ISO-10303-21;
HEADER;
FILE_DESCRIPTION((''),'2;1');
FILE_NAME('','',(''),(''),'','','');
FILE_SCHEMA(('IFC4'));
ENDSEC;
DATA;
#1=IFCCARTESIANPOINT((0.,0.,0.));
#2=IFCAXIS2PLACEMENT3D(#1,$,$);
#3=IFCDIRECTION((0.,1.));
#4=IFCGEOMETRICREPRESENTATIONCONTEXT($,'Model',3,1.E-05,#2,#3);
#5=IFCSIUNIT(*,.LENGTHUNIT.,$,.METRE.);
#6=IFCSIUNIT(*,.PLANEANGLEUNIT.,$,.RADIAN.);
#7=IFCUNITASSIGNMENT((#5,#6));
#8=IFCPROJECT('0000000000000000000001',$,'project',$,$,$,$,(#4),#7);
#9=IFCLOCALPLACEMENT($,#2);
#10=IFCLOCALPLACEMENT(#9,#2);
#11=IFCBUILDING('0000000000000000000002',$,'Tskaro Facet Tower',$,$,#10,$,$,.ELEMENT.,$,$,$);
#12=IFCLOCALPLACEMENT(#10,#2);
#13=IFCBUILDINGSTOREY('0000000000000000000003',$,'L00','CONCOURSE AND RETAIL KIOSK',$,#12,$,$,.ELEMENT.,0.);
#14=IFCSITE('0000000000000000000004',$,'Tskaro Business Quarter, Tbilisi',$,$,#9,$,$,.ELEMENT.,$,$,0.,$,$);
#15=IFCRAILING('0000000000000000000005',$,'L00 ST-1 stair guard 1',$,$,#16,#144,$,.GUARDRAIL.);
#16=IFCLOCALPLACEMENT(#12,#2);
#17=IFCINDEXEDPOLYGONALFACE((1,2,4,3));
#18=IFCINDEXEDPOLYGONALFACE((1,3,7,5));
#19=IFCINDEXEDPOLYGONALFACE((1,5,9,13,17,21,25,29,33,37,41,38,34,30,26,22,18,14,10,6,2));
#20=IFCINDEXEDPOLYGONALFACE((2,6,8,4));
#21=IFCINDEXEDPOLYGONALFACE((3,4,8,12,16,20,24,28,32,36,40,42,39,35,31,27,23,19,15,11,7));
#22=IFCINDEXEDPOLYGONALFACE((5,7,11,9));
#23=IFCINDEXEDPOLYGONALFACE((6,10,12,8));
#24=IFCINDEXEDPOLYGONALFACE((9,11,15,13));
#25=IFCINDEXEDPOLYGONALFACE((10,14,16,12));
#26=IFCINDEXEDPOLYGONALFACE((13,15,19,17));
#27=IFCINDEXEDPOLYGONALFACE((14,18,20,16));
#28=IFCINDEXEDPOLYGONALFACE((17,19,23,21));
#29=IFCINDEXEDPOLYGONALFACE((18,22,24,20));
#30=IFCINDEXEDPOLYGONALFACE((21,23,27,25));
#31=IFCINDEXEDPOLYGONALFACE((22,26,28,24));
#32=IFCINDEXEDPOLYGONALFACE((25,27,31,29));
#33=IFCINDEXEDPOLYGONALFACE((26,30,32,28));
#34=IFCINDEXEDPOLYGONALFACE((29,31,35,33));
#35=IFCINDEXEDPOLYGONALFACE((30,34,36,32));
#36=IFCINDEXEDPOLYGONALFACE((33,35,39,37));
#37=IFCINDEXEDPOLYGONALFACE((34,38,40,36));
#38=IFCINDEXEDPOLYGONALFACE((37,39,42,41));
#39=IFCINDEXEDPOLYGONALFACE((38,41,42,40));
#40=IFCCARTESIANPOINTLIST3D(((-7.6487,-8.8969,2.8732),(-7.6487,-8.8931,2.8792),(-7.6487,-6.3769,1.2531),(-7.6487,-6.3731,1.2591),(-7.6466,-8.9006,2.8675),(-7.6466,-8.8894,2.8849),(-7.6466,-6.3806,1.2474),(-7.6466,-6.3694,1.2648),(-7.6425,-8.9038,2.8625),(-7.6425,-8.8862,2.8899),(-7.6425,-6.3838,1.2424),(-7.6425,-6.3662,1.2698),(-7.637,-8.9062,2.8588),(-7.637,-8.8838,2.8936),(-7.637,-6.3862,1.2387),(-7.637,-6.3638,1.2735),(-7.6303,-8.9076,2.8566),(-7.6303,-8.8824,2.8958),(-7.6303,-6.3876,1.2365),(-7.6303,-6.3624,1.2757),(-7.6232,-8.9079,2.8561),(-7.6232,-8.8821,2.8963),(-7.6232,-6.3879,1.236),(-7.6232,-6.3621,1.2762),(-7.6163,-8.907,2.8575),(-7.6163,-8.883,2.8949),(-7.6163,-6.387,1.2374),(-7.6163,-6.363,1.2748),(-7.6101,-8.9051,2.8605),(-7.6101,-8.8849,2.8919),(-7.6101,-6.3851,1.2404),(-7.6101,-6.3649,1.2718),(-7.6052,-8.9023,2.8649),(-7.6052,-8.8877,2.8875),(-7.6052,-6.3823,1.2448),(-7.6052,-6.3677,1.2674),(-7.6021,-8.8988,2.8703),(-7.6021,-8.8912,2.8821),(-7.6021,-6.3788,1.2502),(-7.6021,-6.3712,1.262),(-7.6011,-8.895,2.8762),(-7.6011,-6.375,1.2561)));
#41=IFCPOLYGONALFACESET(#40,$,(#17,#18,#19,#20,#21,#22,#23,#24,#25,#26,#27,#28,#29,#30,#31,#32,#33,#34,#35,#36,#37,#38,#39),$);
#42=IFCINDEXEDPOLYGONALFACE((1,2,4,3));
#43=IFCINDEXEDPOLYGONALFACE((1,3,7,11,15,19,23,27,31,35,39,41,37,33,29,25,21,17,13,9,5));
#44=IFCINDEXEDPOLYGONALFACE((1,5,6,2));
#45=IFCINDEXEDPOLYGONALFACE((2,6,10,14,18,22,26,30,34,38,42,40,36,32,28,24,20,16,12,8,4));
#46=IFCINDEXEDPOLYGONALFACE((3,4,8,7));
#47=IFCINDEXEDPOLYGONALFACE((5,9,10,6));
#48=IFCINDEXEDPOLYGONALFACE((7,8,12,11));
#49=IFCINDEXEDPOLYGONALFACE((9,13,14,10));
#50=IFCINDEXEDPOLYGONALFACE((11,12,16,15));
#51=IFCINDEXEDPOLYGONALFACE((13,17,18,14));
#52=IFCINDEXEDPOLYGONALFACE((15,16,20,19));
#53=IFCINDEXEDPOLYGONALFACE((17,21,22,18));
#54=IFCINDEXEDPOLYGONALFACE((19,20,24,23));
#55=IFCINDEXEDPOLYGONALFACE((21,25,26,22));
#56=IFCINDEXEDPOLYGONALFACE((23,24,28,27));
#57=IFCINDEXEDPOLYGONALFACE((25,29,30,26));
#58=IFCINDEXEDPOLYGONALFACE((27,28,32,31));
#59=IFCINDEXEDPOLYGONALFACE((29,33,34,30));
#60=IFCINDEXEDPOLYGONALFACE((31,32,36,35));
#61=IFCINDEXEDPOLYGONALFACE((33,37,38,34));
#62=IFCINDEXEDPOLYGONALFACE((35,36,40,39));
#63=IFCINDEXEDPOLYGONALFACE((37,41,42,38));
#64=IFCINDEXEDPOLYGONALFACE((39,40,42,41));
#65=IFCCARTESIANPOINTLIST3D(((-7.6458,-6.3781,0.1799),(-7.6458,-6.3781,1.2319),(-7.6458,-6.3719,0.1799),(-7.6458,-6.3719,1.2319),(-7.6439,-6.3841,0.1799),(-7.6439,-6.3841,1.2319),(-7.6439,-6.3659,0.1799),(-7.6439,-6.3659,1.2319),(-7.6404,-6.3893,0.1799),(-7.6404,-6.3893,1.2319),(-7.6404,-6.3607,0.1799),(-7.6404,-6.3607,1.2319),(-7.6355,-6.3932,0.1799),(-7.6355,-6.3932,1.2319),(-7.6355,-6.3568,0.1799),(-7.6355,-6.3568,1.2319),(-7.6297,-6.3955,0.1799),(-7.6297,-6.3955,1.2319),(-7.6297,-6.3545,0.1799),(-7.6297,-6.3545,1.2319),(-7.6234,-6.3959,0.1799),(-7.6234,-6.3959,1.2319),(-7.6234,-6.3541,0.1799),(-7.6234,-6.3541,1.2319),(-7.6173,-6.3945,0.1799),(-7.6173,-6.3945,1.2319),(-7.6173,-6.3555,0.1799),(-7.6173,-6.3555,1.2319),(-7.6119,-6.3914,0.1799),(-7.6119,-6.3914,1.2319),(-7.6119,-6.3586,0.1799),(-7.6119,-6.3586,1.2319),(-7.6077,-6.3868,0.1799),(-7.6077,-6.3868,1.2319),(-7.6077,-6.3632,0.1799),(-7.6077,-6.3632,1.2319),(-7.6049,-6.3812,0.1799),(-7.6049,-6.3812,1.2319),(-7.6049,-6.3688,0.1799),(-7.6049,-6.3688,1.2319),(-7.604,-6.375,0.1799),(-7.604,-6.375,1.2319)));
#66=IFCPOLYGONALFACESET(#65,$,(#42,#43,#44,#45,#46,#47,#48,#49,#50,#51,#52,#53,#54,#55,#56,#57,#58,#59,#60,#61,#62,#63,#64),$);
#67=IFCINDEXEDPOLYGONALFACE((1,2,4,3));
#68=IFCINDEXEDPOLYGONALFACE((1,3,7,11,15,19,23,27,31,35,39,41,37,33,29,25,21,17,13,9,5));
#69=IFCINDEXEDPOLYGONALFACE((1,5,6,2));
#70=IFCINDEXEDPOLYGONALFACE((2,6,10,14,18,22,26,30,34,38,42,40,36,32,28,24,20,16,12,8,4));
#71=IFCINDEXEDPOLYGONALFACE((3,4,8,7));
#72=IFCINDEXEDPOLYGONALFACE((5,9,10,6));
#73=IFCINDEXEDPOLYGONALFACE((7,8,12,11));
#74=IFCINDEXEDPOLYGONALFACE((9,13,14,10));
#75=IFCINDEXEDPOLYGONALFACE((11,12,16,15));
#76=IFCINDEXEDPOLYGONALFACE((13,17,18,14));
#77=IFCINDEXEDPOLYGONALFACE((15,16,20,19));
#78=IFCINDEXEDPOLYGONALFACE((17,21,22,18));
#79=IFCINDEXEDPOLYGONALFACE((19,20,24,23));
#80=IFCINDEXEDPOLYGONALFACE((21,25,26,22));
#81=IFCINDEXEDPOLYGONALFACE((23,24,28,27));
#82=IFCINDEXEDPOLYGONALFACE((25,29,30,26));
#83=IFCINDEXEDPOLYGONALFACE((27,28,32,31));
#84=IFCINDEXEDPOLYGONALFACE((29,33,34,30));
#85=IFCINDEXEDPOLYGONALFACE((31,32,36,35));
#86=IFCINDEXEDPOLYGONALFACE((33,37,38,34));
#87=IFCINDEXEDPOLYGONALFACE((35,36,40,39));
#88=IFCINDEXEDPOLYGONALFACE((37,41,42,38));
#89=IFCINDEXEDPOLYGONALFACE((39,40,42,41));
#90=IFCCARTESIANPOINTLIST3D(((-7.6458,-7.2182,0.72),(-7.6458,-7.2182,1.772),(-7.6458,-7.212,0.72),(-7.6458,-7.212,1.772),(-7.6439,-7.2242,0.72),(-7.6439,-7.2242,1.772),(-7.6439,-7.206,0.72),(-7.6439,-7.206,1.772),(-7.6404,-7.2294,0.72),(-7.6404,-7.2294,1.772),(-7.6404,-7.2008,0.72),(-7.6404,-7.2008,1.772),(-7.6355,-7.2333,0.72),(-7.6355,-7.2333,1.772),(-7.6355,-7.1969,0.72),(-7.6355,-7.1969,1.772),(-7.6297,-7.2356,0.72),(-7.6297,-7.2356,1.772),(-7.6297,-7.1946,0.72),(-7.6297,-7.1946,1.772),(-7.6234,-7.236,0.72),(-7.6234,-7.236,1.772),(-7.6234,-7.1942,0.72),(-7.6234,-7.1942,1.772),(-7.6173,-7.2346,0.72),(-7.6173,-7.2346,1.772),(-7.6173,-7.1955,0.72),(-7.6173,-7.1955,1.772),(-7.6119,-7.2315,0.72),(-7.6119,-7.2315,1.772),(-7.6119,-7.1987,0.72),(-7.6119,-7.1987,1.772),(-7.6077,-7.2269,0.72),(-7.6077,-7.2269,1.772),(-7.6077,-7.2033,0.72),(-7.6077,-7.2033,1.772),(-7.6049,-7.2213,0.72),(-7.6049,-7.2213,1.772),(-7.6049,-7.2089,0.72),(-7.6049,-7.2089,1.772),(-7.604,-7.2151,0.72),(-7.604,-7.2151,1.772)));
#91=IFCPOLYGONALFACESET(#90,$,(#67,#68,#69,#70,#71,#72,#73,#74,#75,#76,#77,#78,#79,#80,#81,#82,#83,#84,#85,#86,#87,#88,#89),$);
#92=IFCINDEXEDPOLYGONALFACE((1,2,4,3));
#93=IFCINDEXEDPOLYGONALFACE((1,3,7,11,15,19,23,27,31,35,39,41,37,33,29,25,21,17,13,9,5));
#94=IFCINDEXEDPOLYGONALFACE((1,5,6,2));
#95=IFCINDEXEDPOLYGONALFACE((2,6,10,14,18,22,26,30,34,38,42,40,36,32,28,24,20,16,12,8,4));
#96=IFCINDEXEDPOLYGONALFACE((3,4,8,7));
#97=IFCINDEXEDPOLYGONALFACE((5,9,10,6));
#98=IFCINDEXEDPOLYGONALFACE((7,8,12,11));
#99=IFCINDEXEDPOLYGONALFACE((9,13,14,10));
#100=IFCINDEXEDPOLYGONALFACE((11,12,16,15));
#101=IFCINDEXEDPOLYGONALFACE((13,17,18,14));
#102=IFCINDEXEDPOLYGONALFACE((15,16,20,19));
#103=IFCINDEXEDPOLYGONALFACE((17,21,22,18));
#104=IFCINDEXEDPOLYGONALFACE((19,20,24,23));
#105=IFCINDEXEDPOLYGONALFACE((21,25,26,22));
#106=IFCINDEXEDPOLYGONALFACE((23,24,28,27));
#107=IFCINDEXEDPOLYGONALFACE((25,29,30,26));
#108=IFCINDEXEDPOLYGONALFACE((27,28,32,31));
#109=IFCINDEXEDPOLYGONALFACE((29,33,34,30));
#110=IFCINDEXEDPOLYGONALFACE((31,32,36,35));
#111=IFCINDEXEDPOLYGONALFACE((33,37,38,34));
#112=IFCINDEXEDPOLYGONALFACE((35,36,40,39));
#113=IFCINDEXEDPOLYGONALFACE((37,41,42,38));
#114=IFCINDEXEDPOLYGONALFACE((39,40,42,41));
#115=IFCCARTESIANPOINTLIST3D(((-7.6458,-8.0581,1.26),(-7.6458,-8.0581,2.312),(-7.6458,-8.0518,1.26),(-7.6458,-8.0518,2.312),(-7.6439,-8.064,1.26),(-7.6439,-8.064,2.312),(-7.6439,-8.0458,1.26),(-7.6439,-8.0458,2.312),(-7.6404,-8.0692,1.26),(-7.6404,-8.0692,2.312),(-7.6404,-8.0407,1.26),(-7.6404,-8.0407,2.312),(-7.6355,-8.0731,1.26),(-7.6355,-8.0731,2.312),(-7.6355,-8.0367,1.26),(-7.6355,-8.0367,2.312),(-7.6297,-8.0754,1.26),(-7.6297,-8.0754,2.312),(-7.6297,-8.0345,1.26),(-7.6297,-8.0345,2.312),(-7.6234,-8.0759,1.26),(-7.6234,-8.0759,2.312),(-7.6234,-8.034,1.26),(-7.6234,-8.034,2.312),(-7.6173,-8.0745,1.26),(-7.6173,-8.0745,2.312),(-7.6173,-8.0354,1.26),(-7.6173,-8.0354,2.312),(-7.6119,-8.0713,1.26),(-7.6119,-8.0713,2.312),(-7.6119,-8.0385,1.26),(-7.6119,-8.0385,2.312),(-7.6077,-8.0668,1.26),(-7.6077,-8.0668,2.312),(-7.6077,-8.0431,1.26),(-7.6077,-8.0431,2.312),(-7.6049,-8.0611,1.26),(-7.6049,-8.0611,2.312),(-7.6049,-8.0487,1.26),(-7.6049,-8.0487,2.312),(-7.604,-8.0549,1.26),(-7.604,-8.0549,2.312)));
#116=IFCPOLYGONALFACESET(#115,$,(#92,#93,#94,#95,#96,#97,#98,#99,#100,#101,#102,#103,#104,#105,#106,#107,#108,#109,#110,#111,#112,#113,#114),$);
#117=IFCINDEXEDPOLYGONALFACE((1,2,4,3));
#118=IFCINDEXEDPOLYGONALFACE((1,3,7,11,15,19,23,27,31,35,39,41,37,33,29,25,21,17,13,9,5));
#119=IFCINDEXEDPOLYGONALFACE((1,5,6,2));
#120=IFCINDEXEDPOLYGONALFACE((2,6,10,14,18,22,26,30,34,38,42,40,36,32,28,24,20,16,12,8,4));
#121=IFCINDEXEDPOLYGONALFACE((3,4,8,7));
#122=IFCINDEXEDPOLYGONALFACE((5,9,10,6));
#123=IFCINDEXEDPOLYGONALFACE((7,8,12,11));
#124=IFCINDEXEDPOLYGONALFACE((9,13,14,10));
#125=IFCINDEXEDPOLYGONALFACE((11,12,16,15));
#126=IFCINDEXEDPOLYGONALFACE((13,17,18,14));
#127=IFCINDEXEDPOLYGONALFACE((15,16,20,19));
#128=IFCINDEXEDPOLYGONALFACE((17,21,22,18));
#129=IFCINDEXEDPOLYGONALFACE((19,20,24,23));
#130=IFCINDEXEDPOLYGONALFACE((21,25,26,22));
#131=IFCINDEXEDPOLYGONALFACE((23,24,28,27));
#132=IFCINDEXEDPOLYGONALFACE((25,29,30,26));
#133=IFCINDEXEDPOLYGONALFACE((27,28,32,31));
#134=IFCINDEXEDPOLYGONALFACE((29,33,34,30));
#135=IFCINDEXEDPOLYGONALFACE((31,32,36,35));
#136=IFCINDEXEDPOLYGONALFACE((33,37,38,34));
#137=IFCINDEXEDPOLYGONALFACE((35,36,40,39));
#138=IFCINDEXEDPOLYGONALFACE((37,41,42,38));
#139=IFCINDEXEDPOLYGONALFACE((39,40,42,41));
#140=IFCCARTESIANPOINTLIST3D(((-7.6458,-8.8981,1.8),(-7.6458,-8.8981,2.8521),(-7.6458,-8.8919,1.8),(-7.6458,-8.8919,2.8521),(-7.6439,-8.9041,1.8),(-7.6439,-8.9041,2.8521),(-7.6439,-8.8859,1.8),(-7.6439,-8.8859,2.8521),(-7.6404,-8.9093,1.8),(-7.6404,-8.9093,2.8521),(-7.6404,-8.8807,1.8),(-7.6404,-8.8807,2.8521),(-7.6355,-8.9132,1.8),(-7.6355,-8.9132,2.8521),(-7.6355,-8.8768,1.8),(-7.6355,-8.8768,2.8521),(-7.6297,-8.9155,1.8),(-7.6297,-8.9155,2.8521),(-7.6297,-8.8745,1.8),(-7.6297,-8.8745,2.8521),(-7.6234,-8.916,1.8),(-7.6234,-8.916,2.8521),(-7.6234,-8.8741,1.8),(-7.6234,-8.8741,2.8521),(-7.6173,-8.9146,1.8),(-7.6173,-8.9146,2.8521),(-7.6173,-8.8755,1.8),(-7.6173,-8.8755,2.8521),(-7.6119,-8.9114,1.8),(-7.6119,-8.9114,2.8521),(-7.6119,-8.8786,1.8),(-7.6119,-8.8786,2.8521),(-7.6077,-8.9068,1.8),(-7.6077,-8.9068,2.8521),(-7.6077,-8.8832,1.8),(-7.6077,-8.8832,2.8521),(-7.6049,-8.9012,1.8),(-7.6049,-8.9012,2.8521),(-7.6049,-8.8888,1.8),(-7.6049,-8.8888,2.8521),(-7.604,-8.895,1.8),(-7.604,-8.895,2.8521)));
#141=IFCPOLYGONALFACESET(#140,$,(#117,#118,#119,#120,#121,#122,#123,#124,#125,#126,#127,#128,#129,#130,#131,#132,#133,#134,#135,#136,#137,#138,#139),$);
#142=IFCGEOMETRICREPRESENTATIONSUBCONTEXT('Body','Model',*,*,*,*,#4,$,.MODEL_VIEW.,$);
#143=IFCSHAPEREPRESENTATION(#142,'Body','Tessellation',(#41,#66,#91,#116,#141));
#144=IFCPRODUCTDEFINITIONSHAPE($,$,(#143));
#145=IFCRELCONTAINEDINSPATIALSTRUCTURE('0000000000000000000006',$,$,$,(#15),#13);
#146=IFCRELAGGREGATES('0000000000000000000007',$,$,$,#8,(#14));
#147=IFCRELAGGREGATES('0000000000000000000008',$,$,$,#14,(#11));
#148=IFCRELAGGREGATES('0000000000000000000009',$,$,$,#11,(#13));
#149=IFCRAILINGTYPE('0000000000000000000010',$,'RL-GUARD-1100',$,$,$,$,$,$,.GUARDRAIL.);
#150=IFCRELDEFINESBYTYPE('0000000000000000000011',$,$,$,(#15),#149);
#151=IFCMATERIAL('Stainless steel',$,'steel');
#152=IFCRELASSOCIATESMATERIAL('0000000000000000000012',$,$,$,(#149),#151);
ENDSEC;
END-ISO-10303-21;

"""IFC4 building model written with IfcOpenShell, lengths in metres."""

from ifc_helpers import new_model, si_unit, direction, frame, origin, origin_2d, place, context, subcontext, project, spatial, circle, extrude, material, type_object, element, save


model = new_model("IFC4")

# Units and contexts
model_context = context("Model", 3, precision=1e-05, world=origin(), true_north=direction((0.0, 1.0)))
body_context = subcontext(model_context, "Body", "Model", "MODEL_VIEW")
ifc_project = project(units=[si_unit("LENGTHUNIT", "METRE"), si_unit("PLANEANGLEUNIT", "RADIAN")], contexts=[model_context])

# Site, building, storey
site_placement = place(None, origin())
site = spatial("IfcSite", under=ifc_project, at=site_placement, Name="Tskaro Business Quarter, Tbilisi", CompositionType="ELEMENT", RefElevation=0.0)
building_placement = place(site_placement, origin())
building = spatial("IfcBuilding", under=site, at=building_placement, Name="Tskaro Facet Tower", CompositionType="ELEMENT")
storey_placement = place(building_placement, origin())
storey = spatial("IfcBuildingStorey", under=building, at=storey_placement, Name="L00", Description="CONCOURSE AND RETAIL KIOSK", CompositionType="ELEMENT", Elevation=0.0)

# Railing
ifc_material_1 = material(Name="Stainless steel", Category="steel")
railing_type_1 = type_object("IfcRailingType", Name="RL-GUARD-1100", PredefinedType="GUARDRAIL", material=ifc_material_1)
railing_1_placement = place(storey_placement, frame((-7.625, -6.375, 0.1799)))
element("IfcRailing", 1, at=railing_1_placement, inside=storey, type_object=railing_type_1, Name="L00 ST-1 stair guard 1", PredefinedType="GUARDRAIL", context=body_context, shape_type="SweptSolid", body=[
    extrude(circle(Radius=0.0239, at=origin_2d()), frame((0.0, 0.0, 1.0762), z_axis=(0.0, -0.841163, 0.540782), x_axis=(1.0, 0.0, 0.0)), (0.0, 0.0, 1.0), 2.9958),
    extrude(circle(Radius=0.021, at=origin_2d()), origin(), (0.0, 0.0, 1.0), 1.052),
    extrude(circle(Radius=0.021, at=origin_2d()), frame((0.0, -0.8401, 0.54)), (0.0, 0.0, 1.0), 1.052),
    extrude(circle(Radius=0.021, at=origin_2d()), frame((0.0, -1.6799, 1.0801)), (0.0, 0.0, 1.0), 1.052),
    extrude(circle(Radius=0.021, at=origin_2d()), frame((0.0, -2.52, 1.6201)), (0.0, 0.0, 1.0), 1.052),
])

save(model, "model.ifc")
